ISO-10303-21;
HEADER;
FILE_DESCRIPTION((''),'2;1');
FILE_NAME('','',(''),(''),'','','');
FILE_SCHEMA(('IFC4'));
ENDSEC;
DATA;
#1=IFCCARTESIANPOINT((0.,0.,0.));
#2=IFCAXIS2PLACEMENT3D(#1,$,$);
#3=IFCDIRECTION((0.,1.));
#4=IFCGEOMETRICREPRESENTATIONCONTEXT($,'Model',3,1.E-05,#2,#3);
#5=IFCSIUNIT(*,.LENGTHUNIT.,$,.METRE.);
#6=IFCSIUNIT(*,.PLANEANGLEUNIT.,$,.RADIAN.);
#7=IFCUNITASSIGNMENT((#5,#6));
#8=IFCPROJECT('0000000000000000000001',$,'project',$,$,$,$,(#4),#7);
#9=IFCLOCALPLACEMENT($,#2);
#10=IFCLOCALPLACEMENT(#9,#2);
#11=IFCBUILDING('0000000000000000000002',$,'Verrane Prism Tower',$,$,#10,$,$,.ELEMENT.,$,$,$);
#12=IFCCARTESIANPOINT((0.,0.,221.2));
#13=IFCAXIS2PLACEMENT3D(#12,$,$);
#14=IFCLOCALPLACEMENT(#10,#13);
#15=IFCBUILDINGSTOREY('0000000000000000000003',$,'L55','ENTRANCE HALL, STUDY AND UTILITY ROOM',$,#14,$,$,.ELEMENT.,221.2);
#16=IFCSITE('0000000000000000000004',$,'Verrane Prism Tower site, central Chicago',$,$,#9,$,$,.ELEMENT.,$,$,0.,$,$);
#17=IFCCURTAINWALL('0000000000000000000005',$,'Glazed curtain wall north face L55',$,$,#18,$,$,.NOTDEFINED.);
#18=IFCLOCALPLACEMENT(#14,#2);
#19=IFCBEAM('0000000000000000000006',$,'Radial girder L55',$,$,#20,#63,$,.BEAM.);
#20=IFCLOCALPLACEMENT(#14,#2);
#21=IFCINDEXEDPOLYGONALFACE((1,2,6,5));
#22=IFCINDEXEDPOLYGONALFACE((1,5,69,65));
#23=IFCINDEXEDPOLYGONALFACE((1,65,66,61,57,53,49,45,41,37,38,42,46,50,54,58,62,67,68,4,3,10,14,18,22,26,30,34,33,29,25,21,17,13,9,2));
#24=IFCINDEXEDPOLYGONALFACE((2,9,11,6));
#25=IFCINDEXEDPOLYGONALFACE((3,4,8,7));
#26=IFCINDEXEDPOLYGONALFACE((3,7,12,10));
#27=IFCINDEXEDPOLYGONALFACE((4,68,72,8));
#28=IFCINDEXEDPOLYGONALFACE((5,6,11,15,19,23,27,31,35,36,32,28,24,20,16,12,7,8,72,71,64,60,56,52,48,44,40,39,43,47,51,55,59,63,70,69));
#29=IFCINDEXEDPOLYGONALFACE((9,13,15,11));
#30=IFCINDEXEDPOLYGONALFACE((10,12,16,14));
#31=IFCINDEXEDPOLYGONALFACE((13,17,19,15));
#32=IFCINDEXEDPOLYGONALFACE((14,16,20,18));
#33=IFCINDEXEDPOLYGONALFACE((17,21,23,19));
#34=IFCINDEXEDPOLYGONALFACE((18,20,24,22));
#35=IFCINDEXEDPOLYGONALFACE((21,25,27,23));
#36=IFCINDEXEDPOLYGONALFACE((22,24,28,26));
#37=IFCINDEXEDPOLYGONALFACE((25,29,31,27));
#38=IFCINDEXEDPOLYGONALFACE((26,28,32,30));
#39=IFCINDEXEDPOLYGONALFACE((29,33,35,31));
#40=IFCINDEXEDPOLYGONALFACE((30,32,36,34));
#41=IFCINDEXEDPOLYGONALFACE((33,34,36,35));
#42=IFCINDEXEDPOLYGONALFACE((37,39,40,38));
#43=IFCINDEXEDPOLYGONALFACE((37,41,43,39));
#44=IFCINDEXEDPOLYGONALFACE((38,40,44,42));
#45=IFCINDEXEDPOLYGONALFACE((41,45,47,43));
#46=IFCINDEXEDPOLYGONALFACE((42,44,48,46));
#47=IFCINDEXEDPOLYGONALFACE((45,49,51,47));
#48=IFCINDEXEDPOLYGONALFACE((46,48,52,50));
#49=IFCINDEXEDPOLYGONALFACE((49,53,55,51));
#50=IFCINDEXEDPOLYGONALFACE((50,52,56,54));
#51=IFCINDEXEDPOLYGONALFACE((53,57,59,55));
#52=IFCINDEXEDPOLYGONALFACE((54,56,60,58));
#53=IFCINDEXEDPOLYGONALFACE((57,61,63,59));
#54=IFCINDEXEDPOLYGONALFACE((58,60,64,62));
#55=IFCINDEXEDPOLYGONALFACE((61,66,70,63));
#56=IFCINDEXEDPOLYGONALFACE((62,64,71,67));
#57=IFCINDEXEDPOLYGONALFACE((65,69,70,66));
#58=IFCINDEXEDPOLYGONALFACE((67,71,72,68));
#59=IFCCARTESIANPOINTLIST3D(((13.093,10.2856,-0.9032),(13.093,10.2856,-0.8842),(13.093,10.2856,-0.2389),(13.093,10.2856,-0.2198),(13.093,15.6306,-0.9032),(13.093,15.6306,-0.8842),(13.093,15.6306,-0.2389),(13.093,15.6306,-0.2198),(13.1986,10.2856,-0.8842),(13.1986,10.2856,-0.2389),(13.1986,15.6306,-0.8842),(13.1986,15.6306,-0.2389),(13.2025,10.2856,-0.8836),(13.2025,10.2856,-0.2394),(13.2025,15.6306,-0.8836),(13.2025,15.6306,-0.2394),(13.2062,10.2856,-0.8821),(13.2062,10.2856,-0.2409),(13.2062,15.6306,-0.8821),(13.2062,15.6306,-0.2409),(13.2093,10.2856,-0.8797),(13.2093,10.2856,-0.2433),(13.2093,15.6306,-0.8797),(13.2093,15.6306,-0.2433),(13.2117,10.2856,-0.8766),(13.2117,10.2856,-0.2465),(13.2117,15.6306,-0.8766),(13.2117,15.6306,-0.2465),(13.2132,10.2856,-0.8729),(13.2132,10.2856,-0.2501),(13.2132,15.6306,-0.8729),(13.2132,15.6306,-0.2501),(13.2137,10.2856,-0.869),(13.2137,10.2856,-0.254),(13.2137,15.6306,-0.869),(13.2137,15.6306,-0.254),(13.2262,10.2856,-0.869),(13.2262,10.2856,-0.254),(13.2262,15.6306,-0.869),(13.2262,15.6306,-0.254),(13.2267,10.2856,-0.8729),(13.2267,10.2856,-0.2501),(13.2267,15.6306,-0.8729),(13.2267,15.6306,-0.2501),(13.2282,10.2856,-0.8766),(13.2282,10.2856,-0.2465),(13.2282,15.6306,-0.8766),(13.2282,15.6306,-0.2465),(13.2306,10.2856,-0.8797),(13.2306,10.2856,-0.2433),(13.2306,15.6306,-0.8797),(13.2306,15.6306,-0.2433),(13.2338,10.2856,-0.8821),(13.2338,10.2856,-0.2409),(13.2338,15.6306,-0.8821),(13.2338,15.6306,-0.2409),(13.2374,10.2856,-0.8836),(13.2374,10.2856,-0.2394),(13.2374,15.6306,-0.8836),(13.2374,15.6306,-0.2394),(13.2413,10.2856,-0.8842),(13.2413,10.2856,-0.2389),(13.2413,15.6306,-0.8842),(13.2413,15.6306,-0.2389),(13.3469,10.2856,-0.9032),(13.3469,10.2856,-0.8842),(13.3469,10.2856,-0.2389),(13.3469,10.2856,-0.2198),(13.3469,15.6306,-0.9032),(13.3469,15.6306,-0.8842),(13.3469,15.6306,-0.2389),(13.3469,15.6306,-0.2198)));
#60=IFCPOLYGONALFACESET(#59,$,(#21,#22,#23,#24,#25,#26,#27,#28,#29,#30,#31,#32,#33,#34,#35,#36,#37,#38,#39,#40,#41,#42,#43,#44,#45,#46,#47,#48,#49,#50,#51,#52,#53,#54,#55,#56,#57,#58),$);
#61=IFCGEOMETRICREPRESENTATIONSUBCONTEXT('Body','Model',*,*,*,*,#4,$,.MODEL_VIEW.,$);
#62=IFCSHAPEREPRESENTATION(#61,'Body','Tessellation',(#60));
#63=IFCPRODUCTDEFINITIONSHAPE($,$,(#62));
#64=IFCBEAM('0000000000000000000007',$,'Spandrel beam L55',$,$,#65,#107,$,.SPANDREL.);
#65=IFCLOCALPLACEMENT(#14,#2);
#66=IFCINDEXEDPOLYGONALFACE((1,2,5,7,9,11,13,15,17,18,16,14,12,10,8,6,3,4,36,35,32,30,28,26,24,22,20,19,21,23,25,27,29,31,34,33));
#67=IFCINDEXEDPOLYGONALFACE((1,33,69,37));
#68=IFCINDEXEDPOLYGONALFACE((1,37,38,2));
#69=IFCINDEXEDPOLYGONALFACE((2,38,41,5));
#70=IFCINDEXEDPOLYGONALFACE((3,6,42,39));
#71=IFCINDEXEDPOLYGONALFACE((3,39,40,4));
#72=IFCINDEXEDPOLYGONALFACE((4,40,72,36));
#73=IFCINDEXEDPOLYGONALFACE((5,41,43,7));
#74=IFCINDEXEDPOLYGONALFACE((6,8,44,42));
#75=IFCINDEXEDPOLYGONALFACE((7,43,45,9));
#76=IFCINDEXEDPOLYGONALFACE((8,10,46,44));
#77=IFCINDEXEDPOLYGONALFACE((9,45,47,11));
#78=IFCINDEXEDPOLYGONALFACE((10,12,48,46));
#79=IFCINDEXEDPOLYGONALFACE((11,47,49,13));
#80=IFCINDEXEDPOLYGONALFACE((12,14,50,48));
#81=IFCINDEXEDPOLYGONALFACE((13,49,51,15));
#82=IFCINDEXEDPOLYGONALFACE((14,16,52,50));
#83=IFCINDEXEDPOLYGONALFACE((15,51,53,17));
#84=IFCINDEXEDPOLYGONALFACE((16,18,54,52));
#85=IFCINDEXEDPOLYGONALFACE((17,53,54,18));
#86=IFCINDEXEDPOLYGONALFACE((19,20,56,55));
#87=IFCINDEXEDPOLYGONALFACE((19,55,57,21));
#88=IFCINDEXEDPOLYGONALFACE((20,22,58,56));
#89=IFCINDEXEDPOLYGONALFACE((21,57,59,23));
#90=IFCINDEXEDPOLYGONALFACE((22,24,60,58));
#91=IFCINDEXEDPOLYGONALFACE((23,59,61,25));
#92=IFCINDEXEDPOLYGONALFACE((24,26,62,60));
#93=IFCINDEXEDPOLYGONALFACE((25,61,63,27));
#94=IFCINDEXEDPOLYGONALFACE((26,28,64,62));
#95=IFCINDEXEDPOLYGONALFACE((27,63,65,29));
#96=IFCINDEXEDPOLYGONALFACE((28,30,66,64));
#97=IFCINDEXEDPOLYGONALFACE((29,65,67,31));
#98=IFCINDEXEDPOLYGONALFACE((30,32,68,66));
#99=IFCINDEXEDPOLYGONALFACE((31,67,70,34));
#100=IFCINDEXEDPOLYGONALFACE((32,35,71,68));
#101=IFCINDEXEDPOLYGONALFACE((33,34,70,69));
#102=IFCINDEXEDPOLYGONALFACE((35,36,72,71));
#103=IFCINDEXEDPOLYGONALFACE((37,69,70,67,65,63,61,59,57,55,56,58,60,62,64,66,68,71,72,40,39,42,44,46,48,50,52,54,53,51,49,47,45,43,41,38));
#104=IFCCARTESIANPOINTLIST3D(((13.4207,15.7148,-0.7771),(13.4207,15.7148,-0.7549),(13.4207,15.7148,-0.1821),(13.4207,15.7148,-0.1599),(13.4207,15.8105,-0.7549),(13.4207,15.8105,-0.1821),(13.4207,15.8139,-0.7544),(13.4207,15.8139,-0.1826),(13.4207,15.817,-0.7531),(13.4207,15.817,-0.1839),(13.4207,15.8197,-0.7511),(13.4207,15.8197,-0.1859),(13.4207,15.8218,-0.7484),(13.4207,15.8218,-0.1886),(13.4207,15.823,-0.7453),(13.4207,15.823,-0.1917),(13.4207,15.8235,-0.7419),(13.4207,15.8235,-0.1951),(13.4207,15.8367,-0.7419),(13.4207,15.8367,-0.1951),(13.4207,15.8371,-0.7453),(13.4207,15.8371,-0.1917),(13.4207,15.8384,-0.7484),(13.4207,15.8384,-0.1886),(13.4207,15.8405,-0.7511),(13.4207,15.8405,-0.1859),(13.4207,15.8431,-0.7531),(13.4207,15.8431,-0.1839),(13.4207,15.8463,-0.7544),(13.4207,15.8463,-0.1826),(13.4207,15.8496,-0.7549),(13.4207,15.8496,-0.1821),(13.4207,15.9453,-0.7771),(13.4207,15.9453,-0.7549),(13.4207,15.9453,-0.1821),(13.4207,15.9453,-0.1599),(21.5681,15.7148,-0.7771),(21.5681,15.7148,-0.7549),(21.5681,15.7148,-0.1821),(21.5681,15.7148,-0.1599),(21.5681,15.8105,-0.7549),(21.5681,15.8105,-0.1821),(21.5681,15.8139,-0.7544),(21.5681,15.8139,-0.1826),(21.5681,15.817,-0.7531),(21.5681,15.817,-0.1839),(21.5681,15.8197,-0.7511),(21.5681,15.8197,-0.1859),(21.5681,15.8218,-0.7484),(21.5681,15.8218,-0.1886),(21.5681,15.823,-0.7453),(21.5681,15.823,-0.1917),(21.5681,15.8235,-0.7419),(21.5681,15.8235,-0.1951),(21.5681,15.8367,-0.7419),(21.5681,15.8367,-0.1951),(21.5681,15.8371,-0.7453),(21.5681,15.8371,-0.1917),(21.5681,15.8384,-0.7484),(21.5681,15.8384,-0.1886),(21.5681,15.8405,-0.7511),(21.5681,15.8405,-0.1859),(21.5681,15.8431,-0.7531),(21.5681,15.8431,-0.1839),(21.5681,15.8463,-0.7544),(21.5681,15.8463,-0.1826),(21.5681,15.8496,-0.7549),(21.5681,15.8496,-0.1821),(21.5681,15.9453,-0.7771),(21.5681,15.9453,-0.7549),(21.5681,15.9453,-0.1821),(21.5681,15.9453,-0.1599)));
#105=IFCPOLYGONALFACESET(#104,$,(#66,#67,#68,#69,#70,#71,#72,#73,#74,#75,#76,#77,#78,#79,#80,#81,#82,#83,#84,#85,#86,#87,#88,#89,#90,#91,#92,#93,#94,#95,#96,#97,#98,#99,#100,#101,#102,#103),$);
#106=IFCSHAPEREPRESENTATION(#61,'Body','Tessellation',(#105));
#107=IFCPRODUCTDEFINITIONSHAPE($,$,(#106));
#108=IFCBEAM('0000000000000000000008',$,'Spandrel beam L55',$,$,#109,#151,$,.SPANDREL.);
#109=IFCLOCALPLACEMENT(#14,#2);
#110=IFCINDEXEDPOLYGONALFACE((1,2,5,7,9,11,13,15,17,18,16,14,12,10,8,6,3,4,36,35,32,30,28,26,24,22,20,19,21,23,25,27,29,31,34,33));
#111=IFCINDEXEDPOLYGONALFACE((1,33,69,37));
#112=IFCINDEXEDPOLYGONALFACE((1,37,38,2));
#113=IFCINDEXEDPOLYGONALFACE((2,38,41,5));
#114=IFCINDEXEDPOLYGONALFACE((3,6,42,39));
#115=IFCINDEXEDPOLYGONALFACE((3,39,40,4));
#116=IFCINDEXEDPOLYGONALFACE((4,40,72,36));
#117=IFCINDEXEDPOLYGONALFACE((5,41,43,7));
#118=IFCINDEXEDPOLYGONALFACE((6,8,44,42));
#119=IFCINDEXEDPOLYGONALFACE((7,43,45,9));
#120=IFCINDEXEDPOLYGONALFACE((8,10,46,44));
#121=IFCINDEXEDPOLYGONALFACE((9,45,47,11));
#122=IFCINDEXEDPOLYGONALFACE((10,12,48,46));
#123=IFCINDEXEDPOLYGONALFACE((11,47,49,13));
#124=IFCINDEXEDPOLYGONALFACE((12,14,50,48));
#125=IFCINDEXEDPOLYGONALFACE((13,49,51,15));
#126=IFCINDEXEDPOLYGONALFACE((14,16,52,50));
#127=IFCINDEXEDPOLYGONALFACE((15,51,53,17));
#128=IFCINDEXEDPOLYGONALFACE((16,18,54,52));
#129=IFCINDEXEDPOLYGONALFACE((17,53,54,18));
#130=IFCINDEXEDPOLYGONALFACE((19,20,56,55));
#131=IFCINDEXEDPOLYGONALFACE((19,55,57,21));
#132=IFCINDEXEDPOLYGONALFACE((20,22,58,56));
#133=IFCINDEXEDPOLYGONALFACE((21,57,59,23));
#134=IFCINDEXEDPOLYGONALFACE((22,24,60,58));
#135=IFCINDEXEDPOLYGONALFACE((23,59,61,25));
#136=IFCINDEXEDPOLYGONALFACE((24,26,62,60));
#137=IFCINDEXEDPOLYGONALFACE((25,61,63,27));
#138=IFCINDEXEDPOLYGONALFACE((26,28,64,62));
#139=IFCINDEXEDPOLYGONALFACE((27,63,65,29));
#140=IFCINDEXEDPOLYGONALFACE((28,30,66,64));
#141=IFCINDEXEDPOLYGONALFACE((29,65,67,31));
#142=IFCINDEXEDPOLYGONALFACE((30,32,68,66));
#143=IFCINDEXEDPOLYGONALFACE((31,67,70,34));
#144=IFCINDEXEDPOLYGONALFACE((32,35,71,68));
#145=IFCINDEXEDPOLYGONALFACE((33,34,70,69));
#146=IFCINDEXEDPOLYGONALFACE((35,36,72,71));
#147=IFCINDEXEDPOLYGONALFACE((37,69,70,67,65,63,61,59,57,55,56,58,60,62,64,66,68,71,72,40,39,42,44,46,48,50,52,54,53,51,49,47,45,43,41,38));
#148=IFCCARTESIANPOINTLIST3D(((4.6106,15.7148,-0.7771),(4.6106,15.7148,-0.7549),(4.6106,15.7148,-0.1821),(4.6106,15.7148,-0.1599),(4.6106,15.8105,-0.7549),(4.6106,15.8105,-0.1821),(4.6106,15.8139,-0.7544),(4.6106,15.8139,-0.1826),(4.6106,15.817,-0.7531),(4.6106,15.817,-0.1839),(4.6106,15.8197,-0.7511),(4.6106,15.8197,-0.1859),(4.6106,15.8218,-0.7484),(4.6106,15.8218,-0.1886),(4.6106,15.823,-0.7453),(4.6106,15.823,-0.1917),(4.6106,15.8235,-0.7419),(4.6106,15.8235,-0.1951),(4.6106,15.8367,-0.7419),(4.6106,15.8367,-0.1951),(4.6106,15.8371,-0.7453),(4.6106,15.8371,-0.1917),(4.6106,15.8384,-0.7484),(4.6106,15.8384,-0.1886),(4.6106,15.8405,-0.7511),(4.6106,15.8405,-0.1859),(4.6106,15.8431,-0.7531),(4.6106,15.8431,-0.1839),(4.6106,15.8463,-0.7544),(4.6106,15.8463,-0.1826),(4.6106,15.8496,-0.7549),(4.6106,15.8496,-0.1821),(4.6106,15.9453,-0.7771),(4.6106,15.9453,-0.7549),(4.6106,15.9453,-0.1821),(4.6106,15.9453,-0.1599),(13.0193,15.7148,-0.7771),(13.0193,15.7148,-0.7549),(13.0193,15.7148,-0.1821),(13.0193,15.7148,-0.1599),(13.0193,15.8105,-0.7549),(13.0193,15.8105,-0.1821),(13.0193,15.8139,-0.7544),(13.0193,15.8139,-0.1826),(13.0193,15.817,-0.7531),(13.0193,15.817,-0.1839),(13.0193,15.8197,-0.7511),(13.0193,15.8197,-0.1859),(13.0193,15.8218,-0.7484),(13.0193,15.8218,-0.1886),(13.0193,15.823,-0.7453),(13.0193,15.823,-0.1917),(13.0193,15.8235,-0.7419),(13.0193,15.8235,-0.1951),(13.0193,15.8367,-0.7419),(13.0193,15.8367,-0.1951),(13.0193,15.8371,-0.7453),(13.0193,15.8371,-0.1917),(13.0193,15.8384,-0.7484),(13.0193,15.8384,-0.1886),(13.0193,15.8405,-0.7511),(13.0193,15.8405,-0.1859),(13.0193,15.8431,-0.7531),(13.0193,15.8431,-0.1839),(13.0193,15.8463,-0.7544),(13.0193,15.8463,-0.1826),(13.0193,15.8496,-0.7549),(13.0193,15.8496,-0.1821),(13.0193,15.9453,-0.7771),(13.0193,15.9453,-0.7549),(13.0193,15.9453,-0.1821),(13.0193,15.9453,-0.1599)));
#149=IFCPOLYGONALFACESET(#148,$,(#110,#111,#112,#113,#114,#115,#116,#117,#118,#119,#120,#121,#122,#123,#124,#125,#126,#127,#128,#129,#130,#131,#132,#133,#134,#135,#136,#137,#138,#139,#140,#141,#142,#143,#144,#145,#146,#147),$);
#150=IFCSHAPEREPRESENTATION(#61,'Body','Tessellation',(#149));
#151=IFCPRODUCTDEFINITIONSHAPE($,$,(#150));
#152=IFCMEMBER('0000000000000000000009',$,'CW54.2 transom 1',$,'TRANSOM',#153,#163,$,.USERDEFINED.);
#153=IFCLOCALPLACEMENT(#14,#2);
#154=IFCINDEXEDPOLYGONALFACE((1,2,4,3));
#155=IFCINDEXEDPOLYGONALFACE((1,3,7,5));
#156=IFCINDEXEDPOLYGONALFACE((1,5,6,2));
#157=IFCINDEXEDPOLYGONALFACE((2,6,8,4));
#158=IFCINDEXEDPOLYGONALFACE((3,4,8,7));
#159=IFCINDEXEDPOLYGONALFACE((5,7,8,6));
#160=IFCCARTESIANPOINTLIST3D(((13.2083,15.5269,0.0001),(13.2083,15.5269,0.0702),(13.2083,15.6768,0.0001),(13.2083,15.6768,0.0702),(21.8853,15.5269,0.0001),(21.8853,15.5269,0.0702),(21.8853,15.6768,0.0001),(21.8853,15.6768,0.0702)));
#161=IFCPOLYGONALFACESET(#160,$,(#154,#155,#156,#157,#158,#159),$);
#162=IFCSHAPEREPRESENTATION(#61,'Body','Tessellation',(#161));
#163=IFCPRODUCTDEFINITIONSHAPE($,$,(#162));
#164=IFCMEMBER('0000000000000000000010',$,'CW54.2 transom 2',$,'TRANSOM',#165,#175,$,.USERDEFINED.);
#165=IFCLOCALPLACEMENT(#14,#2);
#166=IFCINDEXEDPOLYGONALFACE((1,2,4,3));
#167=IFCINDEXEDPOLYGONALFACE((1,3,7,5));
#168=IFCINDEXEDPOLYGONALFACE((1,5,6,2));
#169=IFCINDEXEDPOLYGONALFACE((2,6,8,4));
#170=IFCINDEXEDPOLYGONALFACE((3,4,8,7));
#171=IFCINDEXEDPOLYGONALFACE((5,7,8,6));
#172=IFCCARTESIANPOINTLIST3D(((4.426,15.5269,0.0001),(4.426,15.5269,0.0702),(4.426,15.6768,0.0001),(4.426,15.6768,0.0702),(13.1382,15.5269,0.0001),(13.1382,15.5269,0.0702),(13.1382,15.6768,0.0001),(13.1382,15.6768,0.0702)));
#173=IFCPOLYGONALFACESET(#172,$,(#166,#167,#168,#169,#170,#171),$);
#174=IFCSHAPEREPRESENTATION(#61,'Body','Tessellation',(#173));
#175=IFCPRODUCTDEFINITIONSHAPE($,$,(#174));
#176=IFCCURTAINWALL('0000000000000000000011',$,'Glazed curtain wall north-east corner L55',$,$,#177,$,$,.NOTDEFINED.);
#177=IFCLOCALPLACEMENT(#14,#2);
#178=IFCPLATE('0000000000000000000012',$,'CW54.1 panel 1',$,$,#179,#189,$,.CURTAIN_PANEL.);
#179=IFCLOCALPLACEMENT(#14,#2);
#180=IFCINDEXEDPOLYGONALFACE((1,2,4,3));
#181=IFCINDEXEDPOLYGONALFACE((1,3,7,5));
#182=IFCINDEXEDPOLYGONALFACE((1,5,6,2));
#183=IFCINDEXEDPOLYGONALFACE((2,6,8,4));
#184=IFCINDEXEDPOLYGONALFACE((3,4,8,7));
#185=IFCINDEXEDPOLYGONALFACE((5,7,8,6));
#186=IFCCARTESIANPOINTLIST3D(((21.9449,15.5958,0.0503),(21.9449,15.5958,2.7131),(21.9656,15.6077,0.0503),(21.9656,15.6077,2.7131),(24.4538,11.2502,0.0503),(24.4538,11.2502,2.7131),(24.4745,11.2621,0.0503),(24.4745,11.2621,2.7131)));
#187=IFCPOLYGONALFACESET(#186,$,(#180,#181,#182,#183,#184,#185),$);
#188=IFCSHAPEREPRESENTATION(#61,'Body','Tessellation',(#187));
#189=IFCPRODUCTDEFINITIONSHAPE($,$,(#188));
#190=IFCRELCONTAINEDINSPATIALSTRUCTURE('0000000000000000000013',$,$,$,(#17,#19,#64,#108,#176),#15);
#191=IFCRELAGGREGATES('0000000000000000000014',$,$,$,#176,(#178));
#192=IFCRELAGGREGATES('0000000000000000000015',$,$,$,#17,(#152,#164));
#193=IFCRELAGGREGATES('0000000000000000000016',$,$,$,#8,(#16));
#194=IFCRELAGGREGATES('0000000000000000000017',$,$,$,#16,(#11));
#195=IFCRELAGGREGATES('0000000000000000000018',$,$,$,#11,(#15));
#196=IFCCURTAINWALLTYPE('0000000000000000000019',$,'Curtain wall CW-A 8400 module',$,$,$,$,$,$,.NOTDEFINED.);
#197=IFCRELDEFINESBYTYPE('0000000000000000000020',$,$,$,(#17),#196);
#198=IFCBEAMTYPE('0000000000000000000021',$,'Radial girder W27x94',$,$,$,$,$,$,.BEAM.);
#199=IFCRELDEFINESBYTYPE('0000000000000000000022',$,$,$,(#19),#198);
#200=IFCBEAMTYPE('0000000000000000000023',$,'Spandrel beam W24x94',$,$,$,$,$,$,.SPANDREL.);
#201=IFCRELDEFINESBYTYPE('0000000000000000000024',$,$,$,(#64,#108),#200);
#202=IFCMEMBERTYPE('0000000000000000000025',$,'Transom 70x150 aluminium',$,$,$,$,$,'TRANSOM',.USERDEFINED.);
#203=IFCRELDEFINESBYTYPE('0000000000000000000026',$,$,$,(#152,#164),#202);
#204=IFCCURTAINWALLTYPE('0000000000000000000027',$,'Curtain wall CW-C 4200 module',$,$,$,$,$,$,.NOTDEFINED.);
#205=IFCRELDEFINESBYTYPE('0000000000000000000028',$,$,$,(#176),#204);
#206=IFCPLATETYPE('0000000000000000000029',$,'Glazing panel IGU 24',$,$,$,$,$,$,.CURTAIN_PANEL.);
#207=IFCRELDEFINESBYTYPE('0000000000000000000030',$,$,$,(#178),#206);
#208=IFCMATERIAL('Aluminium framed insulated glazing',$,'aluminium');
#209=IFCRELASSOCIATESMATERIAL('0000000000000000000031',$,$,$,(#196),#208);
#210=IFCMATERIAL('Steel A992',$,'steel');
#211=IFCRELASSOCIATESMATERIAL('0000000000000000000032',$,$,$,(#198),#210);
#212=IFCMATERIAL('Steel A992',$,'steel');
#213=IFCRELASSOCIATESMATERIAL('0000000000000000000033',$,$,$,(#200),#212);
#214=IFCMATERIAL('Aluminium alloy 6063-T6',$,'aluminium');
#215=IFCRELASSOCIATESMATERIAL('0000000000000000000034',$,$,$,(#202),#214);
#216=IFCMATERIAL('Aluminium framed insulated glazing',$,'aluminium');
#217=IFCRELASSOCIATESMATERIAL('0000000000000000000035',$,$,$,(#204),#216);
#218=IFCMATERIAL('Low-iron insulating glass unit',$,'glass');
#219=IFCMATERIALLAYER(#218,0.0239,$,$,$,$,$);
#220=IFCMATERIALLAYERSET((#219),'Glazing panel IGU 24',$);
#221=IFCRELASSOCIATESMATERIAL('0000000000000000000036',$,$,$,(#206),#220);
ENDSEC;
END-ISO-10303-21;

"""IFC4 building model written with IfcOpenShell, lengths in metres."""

from ifc_helpers import new_model, si_unit, direction, frame, origin, origin_2d, place, context, subcontext, project, spatial, rectangle, i_section, extrude, material, layer, layer_set, material_profile, profile_set, type_object, element, aggregate, save


model = new_model("IFC4")

# Units and contexts
model_context = context("Model", 3, precision=1e-05, world=origin(), true_north=direction((0.0, 1.0)))
body_context = subcontext(model_context, "Body", "Model", "MODEL_VIEW")
ifc_project = project(units=[si_unit("LENGTHUNIT", "METRE"), si_unit("PLANEANGLEUNIT", "RADIAN")], contexts=[model_context])

# Site, building, storey
site_placement = place(None, origin())
site = spatial("IfcSite", under=ifc_project, at=site_placement, Name="Verrane Prism Tower site, central Chicago", CompositionType="ELEMENT", RefElevation=0.0)
building_placement = place(site_placement, origin())
building = spatial("IfcBuilding", under=site, at=building_placement, Name="Verrane Prism Tower", CompositionType="ELEMENT")
storey_placement = place(building_placement, frame((0.0, 0.0, 221.2)))
storey = spatial("IfcBuildingStorey", under=building, at=storey_placement, Name="L55", Description="ENTRANCE HALL, STUDY AND UTILITY ROOM", CompositionType="ELEMENT", Elevation=221.2)

# Curtain wall
ifc_material_1 = material(Name="Aluminium framed insulated glazing", Category="aluminium")
curtain_wall_type_1 = type_object("IfcCurtainWallType", Name="Curtain wall CW-A 8400 module", PredefinedType="NOTDEFINED", material=ifc_material_1)
curtain_wall_1_placement = place(storey_placement, origin())
curtain_wall_1 = element("IfcCurtainWall", 1, at=curtain_wall_1_placement, inside=storey, type_object=curtain_wall_type_1, Name="Glazed curtain wall north face L55", PredefinedType="NOTDEFINED")

# Beams
ifc_material_2 = material(Name="Steel A992", Category="steel")
ifc_material_profile_1 = material_profile(ifc_material_2, i_section(OverallWidth=0.2539, OverallDepth=0.6833, WebThickness=0.0125, FlangeThickness=0.019, FilletRadius=0.0151, at=origin_2d()), Name="W27x94")
ifc_profile_set_1 = profile_set([ifc_material_profile_1], Name="Steel A992")
beam_type_1 = type_object("IfcBeamType", Name="Radial girder W27x94", PredefinedType="BEAM", material=ifc_profile_set_1)
beam_1_placement = place(storey_placement, frame((13.22, 15.6306, -0.5615), z_axis=(0.0, -1.0, 0.0), x_axis=(1.0, 0.0, 0.0)))
element("IfcBeam", 2, at=beam_1_placement, inside=storey, type_object=beam_type_1, Name="Radial girder L55", PredefinedType="BEAM", context=body_context, shape_type="SweptSolid", body=[
    extrude(i_section(OverallWidth=0.2539, OverallDepth=0.6833, WebThickness=0.0125, FlangeThickness=0.019, FilletRadius=0.0151, at=origin_2d()), origin(), (0.0, 0.0, 1.0), 5.345),
])
ifc_material_3 = material(Name="Steel A992", Category="steel")
ifc_material_profile_2 = material_profile(ifc_material_3, i_section(OverallWidth=0.2305, OverallDepth=0.6172, WebThickness=0.0132, FlangeThickness=0.0222, FilletRadius=0.0129, at=origin_2d()), Name="W24x94")
ifc_profile_set_2 = profile_set([ifc_material_profile_2], Name="Steel A992")
beam_type_2 = type_object("IfcBeamType", Name="Spandrel beam W24x94", PredefinedType="SPANDREL", material=ifc_profile_set_2)
beam_2_placement = place(storey_placement, frame((21.5681, 15.8301, -0.4685), z_axis=(-1.0, 0.0, 0.0), x_axis=(0.0, -1.0, 0.0)))
element("IfcBeam", 3, at=beam_2_placement, inside=storey, type_object=beam_type_2, Name="Spandrel beam L55", PredefinedType="SPANDREL", context=body_context, shape_type="SweptSolid", body=[
    extrude(i_section(OverallWidth=0.2305, OverallDepth=0.6172, WebThickness=0.0132, FlangeThickness=0.0222, FilletRadius=0.0129, at=origin_2d()), origin(), (0.0, 0.0, 1.0), 8.1475),
])
beam_3_placement = place(storey_placement, frame((13.0193, 15.8301, -0.4685), z_axis=(-1.0, 0.0, 0.0), x_axis=(0.0, -1.0, 0.0)))
element("IfcBeam", 4, at=beam_3_placement, inside=storey, type_object=beam_type_2, Name="Spandrel beam L55", PredefinedType="SPANDREL", context=body_context, shape_type="SweptSolid", body=[
    extrude(i_section(OverallWidth=0.2305, OverallDepth=0.6172, WebThickness=0.0132, FlangeThickness=0.0222, FilletRadius=0.0129, at=origin_2d()), origin(), (0.0, 0.0, 1.0), 8.4087),
])

# Members
ifc_material_4 = material(Name="Aluminium alloy 6063-T6", Category="aluminium")
ifc_material_profile_3 = material_profile(ifc_material_4, rectangle(XDim=0.1499, YDim=0.0701, at=origin_2d()), Name="Transom 70x150 aluminium")
ifc_profile_set_3 = profile_set([ifc_material_profile_3], Name="Aluminium alloy 6063-T6")
member_type_1 = type_object("IfcMemberType", Name="Transom 70x150 aluminium", ElementType="TRANSOM", PredefinedType="USERDEFINED", material=ifc_profile_set_3)
member_1_placement = place(storey_placement, frame((21.8853, 15.6018, 0.0352), z_axis=(-1.0, 0.0, 0.0), x_axis=(0.0, -1.0, 0.0)))
member_1 = element("IfcMember", 5, at=member_1_placement, type_object=member_type_1, Name="CW54.2 transom 1", ObjectType="TRANSOM", PredefinedType="USERDEFINED", context=body_context, shape_type="SweptSolid", body=[
    extrude(rectangle(XDim=0.1499, YDim=0.0701, at=origin_2d()), origin(), (0.0, 0.0, 1.0), 8.677),
])
member_2_placement = place(storey_placement, frame((13.1382, 15.6018, 0.0352), z_axis=(-1.0, 0.0, 0.0), x_axis=(0.0, -1.0, 0.0)))
member_2 = element("IfcMember", 6, at=member_2_placement, type_object=member_type_1, Name="CW54.2 transom 2", ObjectType="TRANSOM", PredefinedType="USERDEFINED", context=body_context, shape_type="SweptSolid", body=[
    extrude(rectangle(XDim=0.1499, YDim=0.0701, at=origin_2d()), origin(), (0.0, 0.0, 1.0), 8.7122),
])

# Curtain wall, plate
ifc_material_5 = material(Name="Aluminium framed insulated glazing", Category="aluminium")
curtain_wall_type_2 = type_object("IfcCurtainWallType", Name="Curtain wall CW-C 4200 module", PredefinedType="NOTDEFINED", material=ifc_material_5)
curtain_wall_2_placement = place(storey_placement, origin())
curtain_wall_2 = element("IfcCurtainWall", 7, at=curtain_wall_2_placement, inside=storey, type_object=curtain_wall_type_2, Name="Glazed curtain wall north-east corner L55", PredefinedType="NOTDEFINED")
ifc_material_6 = material(Name="Low-iron insulating glass unit", Category="glass")
ifc_layer_1 = layer(ifc_material_6, 0.0239)
ifc_layer_set_1 = layer_set([ifc_layer_1], Name="Glazing panel IGU 24")
plate_type_1 = type_object("IfcPlateType", Name="Glazing panel IGU 24", PredefinedType="CURTAIN_PANEL", material=ifc_layer_set_1)
plate_1_placement = place(storey_placement, frame((23.2097, 13.429, 0.0503), z_axis=(0.0, 0.0, 1.0), x_axis=(-0.499995, 0.866028, 0.0)))
plate_1 = element("IfcPlate", 8, at=plate_1_placement, type_object=plate_type_1, Name="CW54.1 panel 1", PredefinedType="CURTAIN_PANEL", context=body_context, shape_type="SweptSolid", body=[
    extrude(rectangle(XDim=5.0178, YDim=0.0239, at=origin_2d()), origin(), (0.0, 0.0, 1.0), 2.6628),
])
aggregate(curtain_wall_2, [plate_1])

aggregate(curtain_wall_1, [member_1, member_2])

save(model, "model.ifc")
